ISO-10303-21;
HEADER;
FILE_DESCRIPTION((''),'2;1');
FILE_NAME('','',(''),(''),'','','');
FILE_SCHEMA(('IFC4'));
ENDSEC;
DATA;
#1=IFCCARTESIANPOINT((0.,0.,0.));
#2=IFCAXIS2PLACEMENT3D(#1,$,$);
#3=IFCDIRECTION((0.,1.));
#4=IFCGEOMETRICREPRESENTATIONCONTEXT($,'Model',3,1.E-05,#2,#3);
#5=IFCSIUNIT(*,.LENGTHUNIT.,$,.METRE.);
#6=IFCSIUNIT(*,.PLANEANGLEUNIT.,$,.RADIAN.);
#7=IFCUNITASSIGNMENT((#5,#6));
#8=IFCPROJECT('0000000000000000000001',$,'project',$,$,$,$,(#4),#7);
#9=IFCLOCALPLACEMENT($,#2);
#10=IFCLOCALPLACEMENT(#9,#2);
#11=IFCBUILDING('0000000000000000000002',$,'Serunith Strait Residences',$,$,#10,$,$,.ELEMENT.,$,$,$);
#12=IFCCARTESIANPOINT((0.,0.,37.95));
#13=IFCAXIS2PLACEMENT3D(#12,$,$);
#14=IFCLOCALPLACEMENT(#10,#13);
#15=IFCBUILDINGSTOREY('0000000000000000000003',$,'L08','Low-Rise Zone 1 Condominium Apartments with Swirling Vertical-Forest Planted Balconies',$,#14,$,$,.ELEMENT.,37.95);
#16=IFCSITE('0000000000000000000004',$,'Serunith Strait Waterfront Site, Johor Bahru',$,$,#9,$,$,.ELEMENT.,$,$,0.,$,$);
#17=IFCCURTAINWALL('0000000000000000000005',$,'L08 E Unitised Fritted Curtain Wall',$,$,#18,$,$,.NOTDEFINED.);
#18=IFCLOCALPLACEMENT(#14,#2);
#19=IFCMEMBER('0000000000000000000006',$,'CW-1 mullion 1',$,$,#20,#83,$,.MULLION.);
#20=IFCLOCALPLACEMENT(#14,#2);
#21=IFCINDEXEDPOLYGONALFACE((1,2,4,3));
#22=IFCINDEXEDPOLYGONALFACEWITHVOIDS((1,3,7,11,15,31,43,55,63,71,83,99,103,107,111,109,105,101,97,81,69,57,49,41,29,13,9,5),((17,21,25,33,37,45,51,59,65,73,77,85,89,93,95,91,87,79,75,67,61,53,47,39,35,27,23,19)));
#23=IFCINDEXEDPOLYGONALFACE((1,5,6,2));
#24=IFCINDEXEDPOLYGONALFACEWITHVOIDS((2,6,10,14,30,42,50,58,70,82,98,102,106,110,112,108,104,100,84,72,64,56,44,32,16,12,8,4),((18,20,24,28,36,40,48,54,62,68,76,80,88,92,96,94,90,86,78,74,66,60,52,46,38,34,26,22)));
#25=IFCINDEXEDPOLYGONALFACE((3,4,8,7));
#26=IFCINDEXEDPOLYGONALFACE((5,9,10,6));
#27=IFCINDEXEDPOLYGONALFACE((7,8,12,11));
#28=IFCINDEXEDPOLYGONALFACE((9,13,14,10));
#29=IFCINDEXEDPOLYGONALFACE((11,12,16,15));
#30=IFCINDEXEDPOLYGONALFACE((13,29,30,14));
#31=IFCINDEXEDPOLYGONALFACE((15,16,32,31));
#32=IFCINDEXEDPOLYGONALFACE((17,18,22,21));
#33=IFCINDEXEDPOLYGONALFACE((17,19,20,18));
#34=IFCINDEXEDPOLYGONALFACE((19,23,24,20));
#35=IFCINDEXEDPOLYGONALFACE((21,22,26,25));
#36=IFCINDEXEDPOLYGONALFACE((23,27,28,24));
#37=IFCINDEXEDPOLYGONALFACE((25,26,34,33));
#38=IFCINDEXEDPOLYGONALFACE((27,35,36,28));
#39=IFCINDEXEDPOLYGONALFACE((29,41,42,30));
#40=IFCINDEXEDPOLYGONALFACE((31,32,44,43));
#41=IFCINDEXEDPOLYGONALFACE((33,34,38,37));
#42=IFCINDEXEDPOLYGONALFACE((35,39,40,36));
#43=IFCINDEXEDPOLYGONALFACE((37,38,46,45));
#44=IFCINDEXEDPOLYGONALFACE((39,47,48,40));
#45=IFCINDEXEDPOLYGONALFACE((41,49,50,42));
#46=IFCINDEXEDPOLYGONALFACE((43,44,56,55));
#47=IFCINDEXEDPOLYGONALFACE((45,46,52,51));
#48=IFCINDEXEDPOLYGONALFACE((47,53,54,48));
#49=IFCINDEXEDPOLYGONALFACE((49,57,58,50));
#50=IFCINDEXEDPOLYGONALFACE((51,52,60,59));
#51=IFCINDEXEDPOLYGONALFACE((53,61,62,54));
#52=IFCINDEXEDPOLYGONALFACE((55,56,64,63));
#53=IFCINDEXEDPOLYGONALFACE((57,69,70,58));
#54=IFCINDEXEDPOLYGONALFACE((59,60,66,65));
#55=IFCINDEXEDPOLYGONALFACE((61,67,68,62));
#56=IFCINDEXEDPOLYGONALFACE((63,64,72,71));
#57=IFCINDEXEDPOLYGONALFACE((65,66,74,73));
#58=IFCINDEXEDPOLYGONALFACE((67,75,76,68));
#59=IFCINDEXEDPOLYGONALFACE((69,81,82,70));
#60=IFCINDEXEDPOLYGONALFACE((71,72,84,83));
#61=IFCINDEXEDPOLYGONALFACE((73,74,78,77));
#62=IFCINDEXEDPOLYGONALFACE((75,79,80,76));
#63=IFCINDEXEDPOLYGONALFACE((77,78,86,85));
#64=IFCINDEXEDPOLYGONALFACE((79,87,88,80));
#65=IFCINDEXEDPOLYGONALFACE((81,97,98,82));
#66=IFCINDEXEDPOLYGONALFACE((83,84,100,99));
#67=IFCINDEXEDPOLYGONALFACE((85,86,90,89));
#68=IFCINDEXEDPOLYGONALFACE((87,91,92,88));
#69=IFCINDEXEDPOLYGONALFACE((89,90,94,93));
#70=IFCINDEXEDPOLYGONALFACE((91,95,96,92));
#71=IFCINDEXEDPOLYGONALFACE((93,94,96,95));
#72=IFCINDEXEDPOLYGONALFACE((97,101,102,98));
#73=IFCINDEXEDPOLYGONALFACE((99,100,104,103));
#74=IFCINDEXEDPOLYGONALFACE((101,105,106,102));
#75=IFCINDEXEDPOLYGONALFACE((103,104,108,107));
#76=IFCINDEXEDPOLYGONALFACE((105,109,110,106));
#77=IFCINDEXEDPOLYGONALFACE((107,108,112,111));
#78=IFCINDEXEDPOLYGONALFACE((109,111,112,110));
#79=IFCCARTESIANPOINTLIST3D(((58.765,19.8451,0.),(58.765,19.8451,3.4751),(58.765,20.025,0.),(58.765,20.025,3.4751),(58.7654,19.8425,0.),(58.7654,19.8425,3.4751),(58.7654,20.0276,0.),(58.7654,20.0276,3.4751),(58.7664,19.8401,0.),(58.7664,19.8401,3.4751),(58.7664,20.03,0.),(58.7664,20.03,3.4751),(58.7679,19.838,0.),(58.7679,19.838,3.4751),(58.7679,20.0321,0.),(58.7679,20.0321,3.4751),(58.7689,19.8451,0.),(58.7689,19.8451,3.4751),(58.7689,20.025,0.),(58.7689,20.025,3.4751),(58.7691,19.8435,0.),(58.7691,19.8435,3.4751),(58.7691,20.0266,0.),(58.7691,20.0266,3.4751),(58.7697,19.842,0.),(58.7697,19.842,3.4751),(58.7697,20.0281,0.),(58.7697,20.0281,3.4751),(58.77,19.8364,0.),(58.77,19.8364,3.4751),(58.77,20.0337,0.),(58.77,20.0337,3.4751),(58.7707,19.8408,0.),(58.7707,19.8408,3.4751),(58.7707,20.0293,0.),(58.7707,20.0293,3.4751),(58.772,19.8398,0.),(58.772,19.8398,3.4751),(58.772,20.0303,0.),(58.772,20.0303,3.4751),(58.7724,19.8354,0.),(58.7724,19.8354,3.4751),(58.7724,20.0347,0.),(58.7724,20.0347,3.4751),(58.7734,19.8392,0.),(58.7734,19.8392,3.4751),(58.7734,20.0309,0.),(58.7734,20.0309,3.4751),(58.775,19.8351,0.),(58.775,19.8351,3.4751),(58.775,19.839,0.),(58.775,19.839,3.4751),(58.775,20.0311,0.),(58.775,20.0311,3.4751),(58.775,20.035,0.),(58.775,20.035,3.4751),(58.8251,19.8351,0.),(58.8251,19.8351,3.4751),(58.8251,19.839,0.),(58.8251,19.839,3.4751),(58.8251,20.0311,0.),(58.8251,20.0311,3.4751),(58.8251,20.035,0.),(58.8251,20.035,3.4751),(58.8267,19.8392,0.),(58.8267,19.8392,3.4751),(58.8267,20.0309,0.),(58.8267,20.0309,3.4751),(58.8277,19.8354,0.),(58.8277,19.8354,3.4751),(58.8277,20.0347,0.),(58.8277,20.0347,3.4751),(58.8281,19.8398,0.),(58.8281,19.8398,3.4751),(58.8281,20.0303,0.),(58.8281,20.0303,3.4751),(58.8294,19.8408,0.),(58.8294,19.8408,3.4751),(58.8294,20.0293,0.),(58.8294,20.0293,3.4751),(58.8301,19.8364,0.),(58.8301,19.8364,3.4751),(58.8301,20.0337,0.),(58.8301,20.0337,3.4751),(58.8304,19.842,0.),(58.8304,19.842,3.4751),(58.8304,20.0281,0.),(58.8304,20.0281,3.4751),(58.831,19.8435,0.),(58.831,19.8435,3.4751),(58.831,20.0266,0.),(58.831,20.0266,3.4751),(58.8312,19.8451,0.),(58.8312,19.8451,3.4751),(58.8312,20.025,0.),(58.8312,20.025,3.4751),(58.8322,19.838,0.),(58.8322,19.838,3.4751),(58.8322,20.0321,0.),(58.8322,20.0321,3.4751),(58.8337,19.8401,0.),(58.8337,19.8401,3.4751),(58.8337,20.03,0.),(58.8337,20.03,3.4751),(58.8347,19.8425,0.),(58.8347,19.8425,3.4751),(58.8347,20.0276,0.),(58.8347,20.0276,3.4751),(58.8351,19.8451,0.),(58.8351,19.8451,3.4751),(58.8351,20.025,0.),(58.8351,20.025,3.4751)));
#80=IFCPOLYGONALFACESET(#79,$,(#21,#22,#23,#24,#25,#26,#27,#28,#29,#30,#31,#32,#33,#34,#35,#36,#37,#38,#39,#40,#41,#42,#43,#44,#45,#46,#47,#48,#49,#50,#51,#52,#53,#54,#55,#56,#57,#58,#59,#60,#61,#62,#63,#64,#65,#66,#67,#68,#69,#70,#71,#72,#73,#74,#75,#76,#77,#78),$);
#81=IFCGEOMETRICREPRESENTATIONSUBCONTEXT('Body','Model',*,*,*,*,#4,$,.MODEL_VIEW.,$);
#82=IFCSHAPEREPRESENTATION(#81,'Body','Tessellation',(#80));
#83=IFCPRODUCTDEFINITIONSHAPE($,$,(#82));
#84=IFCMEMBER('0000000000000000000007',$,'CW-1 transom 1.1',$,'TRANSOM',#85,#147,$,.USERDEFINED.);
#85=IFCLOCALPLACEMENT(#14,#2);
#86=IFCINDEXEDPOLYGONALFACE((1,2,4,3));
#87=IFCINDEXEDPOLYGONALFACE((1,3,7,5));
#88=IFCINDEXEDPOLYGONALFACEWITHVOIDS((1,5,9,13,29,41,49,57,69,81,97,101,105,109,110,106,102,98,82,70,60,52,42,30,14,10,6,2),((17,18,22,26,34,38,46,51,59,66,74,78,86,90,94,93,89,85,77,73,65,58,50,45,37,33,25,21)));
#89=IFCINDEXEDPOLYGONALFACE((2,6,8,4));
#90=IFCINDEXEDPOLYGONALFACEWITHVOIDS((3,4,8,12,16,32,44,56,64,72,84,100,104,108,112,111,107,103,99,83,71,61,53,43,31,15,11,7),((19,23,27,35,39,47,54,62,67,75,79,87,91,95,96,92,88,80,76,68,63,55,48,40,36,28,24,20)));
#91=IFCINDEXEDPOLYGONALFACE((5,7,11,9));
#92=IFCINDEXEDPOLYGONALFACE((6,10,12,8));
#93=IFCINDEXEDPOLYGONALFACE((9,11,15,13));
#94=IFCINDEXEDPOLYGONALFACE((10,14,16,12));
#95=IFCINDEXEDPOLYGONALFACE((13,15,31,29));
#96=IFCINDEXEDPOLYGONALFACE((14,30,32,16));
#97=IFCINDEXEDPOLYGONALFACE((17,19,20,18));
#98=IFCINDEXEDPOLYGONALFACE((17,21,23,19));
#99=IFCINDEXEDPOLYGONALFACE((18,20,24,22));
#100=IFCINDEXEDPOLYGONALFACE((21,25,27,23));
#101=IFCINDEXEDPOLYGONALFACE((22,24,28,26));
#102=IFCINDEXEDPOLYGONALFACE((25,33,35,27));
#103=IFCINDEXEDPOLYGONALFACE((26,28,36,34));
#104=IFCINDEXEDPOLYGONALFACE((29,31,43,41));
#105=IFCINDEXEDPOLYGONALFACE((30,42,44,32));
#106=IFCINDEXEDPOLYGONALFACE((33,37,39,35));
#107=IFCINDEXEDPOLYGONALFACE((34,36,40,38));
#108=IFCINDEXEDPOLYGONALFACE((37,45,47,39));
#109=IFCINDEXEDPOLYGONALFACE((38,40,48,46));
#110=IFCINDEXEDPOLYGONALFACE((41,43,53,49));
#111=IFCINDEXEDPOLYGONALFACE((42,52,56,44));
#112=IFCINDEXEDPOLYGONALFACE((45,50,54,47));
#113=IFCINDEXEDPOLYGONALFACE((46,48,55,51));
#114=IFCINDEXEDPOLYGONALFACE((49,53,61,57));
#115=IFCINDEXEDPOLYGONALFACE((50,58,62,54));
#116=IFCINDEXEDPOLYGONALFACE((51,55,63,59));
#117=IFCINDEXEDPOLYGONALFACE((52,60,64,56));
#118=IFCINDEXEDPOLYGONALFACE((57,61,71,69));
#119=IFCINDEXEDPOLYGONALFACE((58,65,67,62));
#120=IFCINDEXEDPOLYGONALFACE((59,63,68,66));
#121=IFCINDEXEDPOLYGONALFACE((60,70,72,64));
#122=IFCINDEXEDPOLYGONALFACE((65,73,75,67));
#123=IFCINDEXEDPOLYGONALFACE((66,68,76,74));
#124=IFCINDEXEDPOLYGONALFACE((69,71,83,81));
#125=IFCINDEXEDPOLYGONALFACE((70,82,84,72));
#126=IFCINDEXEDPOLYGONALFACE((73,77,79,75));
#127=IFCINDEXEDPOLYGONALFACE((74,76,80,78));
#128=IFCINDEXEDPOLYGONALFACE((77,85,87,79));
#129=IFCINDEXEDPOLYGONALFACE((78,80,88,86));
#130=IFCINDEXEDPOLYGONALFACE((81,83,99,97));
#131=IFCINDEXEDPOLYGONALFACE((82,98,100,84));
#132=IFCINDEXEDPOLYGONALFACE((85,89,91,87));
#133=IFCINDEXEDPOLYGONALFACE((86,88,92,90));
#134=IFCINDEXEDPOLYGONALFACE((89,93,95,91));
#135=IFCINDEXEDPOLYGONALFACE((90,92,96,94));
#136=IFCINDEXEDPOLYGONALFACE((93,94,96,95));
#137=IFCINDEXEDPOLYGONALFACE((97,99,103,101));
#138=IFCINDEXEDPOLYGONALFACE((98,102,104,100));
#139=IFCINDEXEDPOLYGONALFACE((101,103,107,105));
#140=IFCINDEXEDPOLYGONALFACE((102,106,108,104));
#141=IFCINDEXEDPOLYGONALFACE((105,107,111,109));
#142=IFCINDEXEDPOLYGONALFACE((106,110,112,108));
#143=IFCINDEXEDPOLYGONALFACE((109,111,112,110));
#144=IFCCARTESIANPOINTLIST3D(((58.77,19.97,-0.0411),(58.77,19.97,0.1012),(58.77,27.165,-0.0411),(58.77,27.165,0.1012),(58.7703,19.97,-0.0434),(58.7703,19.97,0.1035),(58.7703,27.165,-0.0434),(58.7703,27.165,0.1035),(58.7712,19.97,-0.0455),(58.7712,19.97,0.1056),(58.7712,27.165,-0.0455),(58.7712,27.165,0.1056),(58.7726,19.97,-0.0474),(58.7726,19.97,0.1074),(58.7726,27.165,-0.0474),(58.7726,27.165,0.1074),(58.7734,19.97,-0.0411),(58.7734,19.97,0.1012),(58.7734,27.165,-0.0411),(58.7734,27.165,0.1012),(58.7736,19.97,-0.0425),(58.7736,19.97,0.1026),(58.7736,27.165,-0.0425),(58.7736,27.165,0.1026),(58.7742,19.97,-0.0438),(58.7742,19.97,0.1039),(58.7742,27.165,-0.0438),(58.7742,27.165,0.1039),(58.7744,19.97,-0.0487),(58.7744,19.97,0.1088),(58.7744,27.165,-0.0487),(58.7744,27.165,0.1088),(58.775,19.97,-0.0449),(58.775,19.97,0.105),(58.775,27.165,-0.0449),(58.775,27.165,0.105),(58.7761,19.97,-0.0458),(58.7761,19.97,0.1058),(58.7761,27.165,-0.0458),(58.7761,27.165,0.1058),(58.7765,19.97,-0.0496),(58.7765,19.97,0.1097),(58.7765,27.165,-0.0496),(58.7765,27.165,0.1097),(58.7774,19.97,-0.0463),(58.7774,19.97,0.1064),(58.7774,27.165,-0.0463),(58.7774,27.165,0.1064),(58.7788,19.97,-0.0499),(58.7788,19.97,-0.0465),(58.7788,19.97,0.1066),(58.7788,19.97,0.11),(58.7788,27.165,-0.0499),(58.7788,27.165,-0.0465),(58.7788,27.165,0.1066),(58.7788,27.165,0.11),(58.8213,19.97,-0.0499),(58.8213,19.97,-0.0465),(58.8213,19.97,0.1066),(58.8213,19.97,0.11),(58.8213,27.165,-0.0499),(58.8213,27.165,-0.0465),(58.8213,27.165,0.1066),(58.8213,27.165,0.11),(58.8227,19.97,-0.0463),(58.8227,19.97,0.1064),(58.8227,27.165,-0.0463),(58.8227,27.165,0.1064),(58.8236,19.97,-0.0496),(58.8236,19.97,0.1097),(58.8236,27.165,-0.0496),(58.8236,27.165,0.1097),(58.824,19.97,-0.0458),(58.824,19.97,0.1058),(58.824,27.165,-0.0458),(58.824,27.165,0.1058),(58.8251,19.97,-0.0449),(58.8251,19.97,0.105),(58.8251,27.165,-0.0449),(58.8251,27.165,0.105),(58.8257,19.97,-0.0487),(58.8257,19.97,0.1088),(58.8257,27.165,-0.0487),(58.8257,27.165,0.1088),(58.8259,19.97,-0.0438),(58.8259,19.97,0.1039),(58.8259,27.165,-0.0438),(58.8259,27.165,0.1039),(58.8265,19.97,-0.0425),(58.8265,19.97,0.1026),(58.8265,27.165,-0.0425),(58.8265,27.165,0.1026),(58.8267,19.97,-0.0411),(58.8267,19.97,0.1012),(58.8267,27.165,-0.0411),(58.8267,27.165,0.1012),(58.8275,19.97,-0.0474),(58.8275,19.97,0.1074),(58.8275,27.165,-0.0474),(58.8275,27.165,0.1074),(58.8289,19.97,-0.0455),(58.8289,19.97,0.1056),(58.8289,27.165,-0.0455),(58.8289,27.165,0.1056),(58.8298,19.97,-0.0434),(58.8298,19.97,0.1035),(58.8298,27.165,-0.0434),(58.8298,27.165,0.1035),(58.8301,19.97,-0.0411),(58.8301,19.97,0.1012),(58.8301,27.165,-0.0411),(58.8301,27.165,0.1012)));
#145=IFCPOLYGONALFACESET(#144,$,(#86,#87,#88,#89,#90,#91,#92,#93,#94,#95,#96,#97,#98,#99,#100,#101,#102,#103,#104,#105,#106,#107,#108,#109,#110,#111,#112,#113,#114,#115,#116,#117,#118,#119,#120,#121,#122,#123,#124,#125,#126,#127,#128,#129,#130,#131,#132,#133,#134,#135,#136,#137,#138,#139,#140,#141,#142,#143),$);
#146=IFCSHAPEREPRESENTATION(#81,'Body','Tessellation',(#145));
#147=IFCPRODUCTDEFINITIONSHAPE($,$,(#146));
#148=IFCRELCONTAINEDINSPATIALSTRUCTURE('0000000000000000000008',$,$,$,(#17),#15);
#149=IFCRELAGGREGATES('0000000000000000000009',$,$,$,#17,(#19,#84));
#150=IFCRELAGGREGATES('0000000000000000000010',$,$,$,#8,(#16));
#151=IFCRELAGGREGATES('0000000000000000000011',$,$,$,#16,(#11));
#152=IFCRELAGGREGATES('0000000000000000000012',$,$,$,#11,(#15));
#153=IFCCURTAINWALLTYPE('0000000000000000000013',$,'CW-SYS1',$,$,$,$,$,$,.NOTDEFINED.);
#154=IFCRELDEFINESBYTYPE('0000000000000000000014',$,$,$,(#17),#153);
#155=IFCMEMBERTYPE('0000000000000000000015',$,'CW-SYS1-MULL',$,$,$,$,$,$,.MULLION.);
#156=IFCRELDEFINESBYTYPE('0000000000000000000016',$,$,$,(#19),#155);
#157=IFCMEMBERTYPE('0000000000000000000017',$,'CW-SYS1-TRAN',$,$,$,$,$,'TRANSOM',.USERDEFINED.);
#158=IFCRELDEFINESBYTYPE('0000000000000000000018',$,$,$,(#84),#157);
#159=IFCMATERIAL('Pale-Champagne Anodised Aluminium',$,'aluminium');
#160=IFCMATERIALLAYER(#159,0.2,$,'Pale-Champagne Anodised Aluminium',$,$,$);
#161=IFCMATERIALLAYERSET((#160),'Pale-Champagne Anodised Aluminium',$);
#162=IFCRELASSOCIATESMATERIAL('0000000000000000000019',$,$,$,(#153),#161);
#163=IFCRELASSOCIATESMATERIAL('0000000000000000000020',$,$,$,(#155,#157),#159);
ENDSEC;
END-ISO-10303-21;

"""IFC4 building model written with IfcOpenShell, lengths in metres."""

from ifc_helpers import new_model, si_unit, direction, frame, origin, origin_2d, place, context, subcontext, project, spatial, hollow_rectangle, extrude, source, transform, mapped, material, layer, layer_set, material_profile, profile_set, type_object, element, aggregate, save


model = new_model("IFC4")

# Units and contexts
model_context = context("Model", 3, precision=1e-05, world=origin(), true_north=direction((0.0, 1.0)))
body_context = subcontext(model_context, "Body", "Model", "MODEL_VIEW")
ifc_project = project(units=[si_unit("LENGTHUNIT", "METRE"), si_unit("PLANEANGLEUNIT", "RADIAN")], contexts=[model_context])

# Site, building, storey
site_placement = place(None, origin())
site = spatial("IfcSite", under=ifc_project, at=site_placement, Name="Serunith Strait Waterfront Site, Johor Bahru", CompositionType="ELEMENT", RefElevation=0.0)
building_placement = place(site_placement, origin())
building = spatial("IfcBuilding", under=site, at=building_placement, Name="Serunith Strait Residences", CompositionType="ELEMENT")
storey_placement = place(building_placement, frame((0.0, 0.0, 37.95)))
storey = spatial("IfcBuildingStorey", under=building, at=storey_placement, Name="L08", Description="Low-Rise Zone 1 Condominium Apartments with Swirling Vertical-Forest Planted Balconies", CompositionType="ELEMENT", Elevation=37.95)

# Shared definitions
ifc_material_1 = material(Name="Pale-Champagne Anodised Aluminium", Category="aluminium")
ifc_layer_1 = layer(ifc_material_1, 0.2, Name="Pale-Champagne Anodised Aluminium")
ifc_layer_set_1 = layer_set([ifc_layer_1], Name="Pale-Champagne Anodised Aluminium")
curtain_wall_type = type_object("IfcCurtainWallType", Name="CW-SYS1", PredefinedType="NOTDEFINED", material=ifc_layer_set_1)
ifc_material_profile_1 = material_profile(ifc_material_1, hollow_rectangle(XDim=0.0701, YDim=0.2, WallThickness=0.0039, InnerFilletRadius=0.0061, OuterFilletRadius=0.01, at=origin_2d()), Name="ALU 200x70x4")
ifc_profile_set_1 = profile_set([ifc_material_profile_1], Name="Pale-Champagne Anodised Aluminium")
member_type_1 = type_object("IfcMemberType", Name="CW-SYS1-MULL", PredefinedType="MULLION", material=ifc_profile_set_1)
shared_shape_1 = source(origin(), body_context, "Body", "SweptSolid", [
    extrude(hollow_rectangle(XDim=0.0701, YDim=0.2, WallThickness=0.0039, InnerFilletRadius=0.0061, OuterFilletRadius=0.01, at=origin_2d()), origin(), (0.0, 0.0, 1.0), 3.4751),
])

# Curtain wall, members
curtain_wall_1_placement = place(storey_placement, origin())
curtain_wall_1 = element("IfcCurtainWall", 1, at=curtain_wall_1_placement, inside=storey, type_object=curtain_wall_type, Name="L08 E Unitised Fritted Curtain Wall", PredefinedType="NOTDEFINED")
member_1_placement = place(storey_placement, frame((58.8, 19.9351, 0.0), z_axis=(0.0, 0.0, 1.0), x_axis=(-1.0, 0.0, 0.0)))
member_1 = element("IfcMember", 2, at=member_1_placement, type_object=member_type_1, Name="CW-1 mullion 1", PredefinedType="MULLION", context=body_context, shape_type="MappedRepresentation", body=[
    mapped(shared_shape_1, transform((0.0, 0.0, 0.0), scale=1.0)),
])
ifc_material_profile_2 = material_profile(ifc_material_1, hollow_rectangle(XDim=0.0601, YDim=0.1599, WallThickness=0.0034, InnerFilletRadius=0.0054, OuterFilletRadius=0.0088, at=origin_2d()), Name="ALU 160x60x3.5")
ifc_profile_set_2 = profile_set([ifc_material_profile_2], Name="Pale-Champagne Anodised Aluminium")
member_type_2 = type_object("IfcMemberType", Name="CW-SYS1-TRAN", ElementType="TRANSOM", PredefinedType="USERDEFINED", material=ifc_profile_set_2)
shared_shape_2 = source(origin(), body_context, "Body", "SweptSolid", [
    extrude(hollow_rectangle(XDim=0.0601, YDim=0.1599, WallThickness=0.0034, InnerFilletRadius=0.0054, OuterFilletRadius=0.0088, at=origin_2d()), origin(), (0.0, 0.0, 1.0), 7.1951),
])
member_2_placement = place(storey_placement, frame((58.8, 19.97, 0.03), z_axis=(0.0, 1.0, 0.0), x_axis=(-1.0, 0.0, 0.0)))
member_2 = element("IfcMember", 3, at=member_2_placement, type_object=member_type_2, Name="CW-1 transom 1.1", ObjectType="TRANSOM", PredefinedType="USERDEFINED", context=body_context, shape_type="MappedRepresentation", body=[
    mapped(shared_shape_2, transform((0.0, 0.0, 0.0), scale=1.0)),
])

aggregate(curtain_wall_1, [member_1, member_2])

save(model, "model.ifc")
